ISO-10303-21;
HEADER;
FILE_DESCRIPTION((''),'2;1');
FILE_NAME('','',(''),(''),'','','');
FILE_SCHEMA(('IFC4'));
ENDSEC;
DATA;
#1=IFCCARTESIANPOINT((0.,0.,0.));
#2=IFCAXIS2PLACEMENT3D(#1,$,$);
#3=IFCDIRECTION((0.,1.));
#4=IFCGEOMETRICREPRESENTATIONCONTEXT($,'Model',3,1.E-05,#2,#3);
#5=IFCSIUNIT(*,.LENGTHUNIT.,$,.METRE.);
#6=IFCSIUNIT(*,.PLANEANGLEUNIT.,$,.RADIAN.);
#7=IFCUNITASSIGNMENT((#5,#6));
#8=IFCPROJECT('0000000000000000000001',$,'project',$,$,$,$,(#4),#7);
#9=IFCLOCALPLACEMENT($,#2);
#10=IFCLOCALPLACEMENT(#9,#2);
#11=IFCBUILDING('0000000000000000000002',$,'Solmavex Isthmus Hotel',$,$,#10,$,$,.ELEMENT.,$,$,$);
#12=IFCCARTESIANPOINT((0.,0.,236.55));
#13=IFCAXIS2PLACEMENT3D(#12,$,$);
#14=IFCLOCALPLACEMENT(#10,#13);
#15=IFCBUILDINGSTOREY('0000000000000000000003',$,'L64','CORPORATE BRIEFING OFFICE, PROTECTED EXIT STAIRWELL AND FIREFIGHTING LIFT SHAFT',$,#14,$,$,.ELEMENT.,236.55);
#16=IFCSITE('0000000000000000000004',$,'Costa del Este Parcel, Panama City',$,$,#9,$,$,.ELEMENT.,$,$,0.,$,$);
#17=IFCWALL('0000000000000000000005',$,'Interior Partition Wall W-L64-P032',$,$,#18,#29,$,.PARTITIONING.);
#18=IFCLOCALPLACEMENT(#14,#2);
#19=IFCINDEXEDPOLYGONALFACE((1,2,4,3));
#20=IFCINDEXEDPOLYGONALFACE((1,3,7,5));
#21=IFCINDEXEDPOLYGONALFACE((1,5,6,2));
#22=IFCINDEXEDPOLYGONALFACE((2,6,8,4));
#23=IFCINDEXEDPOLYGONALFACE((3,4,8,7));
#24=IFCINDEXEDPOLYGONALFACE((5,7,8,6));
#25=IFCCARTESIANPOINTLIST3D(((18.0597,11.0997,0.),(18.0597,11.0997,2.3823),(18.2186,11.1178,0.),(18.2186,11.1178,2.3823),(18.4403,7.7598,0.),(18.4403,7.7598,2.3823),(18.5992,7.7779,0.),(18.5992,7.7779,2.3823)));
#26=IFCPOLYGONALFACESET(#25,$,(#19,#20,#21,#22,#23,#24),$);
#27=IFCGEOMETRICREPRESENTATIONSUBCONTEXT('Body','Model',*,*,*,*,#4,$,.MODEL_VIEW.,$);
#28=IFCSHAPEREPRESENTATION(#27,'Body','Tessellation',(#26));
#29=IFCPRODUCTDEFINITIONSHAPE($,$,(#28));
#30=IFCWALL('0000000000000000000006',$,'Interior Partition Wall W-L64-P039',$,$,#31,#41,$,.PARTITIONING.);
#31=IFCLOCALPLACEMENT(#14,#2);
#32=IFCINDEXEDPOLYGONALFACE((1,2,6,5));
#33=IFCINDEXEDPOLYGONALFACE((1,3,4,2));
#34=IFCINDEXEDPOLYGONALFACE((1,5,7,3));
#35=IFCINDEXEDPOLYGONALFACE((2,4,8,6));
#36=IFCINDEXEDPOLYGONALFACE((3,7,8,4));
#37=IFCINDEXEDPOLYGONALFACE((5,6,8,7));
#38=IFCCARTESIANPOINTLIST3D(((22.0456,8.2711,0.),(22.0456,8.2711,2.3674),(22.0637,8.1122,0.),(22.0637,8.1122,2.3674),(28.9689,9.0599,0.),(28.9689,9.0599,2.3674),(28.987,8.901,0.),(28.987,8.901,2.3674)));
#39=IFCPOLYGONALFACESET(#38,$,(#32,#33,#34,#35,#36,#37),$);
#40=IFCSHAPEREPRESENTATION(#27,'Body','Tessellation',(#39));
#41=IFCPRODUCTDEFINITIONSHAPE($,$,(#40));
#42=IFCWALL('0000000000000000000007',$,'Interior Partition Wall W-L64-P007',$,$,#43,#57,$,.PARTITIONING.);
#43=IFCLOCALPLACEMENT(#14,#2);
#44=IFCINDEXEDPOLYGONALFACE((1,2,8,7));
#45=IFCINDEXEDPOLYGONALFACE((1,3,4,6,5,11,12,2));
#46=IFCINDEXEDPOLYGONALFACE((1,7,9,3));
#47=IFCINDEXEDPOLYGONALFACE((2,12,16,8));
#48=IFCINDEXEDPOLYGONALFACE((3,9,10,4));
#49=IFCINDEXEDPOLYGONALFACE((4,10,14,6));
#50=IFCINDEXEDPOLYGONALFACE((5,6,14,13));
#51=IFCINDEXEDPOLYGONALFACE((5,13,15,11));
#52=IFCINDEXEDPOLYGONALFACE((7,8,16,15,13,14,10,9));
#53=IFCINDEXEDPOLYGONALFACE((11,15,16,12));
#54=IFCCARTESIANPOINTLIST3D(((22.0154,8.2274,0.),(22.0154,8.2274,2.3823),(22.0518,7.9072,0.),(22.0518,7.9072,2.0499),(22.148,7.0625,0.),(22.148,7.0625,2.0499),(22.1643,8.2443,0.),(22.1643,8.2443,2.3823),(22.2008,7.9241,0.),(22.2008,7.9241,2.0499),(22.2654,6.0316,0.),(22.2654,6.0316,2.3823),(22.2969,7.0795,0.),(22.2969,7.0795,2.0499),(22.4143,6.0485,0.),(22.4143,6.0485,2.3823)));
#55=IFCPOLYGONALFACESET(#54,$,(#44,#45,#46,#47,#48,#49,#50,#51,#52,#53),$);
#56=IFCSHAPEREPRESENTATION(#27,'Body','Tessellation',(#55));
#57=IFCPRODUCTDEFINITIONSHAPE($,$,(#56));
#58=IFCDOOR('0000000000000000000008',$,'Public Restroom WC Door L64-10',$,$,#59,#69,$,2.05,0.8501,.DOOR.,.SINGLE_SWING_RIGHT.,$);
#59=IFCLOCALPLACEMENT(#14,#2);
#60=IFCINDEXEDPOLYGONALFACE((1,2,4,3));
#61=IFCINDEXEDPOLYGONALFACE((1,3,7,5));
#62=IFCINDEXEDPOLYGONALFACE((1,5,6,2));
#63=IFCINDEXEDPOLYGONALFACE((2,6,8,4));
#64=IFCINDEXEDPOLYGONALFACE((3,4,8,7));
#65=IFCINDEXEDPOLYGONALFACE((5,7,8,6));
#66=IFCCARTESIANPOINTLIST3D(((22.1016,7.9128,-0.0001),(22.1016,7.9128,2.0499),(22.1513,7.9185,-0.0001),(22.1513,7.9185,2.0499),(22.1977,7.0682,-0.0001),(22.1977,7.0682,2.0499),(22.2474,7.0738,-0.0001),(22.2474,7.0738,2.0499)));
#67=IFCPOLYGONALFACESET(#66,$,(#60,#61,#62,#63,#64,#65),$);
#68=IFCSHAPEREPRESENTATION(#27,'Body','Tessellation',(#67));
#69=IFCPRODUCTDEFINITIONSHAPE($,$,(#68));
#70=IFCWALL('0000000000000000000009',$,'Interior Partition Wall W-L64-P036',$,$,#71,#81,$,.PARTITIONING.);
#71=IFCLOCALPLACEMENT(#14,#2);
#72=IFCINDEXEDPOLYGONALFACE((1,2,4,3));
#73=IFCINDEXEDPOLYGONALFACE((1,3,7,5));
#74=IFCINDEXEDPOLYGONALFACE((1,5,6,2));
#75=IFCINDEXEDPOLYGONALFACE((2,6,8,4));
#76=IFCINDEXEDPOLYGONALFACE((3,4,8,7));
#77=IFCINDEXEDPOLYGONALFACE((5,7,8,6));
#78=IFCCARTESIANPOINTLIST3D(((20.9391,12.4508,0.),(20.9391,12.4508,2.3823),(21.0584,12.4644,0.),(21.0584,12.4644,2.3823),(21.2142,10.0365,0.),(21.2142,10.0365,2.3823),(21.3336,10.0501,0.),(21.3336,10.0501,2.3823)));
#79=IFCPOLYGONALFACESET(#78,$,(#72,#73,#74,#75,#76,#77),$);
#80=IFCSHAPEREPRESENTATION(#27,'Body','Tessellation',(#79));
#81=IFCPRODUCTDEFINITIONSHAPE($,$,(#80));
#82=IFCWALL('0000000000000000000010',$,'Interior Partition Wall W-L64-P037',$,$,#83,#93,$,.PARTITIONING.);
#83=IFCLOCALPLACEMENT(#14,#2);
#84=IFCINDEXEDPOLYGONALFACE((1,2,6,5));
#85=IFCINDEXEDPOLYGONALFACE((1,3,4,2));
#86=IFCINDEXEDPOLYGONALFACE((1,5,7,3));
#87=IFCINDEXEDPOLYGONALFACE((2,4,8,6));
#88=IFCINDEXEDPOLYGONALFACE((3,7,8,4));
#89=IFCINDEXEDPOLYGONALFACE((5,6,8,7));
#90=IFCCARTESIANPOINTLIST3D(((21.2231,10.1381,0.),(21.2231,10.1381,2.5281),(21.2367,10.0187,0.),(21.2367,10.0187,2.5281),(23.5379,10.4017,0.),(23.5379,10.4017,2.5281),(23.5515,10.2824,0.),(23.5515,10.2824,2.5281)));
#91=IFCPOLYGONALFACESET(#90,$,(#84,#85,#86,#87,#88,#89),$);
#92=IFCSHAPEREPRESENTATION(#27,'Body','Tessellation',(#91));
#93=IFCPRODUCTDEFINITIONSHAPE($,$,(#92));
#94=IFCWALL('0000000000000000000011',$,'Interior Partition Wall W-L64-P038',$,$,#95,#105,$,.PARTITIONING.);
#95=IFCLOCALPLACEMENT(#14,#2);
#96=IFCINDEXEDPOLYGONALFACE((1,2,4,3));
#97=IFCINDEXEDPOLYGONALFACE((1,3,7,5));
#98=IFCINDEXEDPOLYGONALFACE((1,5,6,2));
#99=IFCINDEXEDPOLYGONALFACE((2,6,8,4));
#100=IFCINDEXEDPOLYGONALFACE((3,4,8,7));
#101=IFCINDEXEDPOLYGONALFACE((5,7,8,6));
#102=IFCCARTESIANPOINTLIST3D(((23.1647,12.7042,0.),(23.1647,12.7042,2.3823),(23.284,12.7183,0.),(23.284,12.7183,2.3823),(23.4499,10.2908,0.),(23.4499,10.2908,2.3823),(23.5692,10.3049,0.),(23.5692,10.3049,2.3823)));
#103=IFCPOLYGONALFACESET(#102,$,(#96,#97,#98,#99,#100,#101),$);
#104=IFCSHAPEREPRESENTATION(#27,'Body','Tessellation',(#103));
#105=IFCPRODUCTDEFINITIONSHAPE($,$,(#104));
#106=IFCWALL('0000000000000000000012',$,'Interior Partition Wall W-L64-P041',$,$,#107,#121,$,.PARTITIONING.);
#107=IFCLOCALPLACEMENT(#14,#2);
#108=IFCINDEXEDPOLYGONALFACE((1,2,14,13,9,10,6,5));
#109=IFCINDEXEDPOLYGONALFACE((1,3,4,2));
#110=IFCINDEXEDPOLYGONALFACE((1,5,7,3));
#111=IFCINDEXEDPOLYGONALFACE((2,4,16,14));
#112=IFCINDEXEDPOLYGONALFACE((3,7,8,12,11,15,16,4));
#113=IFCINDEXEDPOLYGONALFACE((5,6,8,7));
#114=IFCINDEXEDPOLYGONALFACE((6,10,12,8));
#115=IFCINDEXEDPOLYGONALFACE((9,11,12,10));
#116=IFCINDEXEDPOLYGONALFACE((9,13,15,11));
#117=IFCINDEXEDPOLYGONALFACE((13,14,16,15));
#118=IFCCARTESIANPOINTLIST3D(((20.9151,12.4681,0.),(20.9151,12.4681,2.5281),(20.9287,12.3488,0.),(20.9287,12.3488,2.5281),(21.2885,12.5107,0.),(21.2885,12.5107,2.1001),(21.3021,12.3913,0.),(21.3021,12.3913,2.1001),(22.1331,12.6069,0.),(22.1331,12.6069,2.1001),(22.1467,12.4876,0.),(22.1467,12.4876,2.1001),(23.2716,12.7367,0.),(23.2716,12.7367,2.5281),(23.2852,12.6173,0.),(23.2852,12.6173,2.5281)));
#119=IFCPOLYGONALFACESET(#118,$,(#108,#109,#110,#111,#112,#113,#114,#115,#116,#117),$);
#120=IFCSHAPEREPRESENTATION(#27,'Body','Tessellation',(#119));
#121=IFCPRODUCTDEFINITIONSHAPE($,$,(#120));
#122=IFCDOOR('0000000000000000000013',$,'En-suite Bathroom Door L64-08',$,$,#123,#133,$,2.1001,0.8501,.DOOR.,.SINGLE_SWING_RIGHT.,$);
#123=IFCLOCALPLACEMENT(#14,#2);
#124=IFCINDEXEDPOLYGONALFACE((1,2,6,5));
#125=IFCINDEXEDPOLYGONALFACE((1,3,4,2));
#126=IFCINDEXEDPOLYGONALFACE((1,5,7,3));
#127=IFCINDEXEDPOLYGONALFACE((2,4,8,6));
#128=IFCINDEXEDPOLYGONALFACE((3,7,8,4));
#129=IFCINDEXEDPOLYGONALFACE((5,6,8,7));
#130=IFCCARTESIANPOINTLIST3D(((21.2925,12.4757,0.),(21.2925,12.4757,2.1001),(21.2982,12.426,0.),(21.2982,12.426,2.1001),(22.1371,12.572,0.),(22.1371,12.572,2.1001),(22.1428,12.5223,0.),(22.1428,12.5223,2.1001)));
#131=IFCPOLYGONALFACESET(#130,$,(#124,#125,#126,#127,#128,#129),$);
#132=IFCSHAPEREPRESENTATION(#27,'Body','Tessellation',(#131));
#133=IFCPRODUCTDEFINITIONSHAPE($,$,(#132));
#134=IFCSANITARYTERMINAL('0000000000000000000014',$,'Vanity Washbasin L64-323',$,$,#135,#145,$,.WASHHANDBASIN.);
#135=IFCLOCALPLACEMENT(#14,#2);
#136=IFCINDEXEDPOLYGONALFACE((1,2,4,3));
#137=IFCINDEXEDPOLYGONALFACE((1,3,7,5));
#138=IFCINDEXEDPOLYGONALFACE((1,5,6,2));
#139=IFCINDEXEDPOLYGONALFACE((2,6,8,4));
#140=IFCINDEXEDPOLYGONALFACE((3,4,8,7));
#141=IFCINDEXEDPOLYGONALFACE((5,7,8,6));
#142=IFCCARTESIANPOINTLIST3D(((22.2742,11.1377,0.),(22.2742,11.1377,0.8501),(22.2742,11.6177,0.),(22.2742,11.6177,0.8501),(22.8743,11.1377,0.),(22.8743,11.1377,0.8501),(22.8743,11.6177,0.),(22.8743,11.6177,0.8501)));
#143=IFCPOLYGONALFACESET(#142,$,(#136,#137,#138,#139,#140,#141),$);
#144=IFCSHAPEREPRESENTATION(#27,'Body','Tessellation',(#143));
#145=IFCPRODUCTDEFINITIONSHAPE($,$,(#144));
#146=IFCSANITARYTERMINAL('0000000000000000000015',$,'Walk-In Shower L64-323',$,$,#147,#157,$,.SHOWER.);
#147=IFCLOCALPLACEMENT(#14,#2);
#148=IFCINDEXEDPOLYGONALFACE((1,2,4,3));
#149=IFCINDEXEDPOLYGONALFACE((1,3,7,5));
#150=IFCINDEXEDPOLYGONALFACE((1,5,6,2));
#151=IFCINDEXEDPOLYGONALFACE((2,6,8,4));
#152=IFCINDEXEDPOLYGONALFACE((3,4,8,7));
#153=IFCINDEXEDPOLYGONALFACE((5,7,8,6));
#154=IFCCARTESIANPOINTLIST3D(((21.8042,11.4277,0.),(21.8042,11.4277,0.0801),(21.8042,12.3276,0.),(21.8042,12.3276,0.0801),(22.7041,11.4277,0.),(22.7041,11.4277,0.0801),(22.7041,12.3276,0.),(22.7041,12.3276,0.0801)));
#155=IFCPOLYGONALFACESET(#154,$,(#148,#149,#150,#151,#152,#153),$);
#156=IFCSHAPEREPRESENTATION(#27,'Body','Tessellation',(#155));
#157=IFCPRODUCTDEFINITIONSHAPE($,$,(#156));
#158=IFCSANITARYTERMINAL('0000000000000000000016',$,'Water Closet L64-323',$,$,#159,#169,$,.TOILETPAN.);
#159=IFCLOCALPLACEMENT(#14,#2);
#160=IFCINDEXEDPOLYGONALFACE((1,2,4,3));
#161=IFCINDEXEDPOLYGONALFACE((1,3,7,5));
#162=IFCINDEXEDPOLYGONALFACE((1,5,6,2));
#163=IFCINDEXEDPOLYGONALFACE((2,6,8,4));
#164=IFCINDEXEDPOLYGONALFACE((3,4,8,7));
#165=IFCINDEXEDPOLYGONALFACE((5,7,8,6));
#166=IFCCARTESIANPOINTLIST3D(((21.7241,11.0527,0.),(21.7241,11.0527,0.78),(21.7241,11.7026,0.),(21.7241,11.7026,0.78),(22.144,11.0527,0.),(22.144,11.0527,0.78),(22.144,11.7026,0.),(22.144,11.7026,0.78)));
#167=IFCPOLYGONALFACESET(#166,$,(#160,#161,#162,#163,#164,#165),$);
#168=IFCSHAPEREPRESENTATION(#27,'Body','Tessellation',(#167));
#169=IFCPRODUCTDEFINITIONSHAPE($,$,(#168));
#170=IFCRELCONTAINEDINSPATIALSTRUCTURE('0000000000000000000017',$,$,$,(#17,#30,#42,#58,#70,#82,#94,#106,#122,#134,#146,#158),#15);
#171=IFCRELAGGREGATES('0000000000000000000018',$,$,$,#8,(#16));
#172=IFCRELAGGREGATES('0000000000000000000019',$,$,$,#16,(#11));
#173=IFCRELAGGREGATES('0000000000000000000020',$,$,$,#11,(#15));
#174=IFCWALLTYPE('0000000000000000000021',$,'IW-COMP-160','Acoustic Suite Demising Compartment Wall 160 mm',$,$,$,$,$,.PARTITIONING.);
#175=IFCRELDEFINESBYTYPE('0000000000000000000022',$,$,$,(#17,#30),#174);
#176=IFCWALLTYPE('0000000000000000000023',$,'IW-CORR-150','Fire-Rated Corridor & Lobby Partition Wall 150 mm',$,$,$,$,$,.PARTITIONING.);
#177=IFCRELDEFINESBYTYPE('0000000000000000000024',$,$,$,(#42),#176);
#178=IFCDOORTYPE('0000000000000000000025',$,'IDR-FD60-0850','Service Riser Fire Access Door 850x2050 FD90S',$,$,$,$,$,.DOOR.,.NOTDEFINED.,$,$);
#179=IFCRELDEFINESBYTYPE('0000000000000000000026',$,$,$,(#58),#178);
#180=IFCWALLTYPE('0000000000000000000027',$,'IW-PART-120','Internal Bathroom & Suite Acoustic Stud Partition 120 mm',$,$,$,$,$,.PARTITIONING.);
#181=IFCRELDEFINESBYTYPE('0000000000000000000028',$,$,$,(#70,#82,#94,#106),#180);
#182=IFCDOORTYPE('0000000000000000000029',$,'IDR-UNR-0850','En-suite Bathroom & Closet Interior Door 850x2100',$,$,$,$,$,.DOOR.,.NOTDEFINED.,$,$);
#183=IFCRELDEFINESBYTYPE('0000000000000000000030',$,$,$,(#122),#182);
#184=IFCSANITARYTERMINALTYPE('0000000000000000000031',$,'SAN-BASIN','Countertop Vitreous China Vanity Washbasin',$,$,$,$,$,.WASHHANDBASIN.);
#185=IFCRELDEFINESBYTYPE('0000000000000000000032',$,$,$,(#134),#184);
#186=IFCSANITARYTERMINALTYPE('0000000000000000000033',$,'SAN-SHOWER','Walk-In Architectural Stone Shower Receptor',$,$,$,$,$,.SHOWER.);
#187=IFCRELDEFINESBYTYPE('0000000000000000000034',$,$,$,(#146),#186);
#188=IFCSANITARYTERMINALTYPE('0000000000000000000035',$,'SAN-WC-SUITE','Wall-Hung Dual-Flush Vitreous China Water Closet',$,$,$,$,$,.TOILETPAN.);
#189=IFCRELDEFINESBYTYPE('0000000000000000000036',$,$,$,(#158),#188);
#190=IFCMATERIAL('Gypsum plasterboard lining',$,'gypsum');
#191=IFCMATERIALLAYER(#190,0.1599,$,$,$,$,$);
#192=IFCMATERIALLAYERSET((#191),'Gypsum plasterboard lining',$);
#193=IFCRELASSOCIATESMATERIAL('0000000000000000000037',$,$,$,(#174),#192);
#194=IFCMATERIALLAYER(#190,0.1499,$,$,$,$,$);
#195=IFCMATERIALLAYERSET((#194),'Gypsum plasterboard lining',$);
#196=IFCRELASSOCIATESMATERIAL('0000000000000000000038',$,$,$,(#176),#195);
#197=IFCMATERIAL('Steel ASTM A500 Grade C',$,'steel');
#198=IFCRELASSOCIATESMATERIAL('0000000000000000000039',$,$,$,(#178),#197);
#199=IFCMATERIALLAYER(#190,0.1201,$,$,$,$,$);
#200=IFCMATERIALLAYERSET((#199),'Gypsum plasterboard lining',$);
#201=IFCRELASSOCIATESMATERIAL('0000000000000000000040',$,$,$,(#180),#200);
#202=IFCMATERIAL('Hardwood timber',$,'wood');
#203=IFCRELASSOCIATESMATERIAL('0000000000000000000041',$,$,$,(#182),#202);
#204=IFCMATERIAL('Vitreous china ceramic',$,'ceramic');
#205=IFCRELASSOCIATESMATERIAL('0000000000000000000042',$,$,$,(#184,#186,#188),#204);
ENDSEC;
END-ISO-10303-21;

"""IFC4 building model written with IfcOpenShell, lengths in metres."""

from ifc_helpers import new_model, si_unit, direction, frame, frame_2d, origin, origin_2d, place, context, subcontext, project, spatial, rectangle, extrude, material, layer, layer_set, type_object, element, fill, save


model = new_model("IFC4")

# Units and contexts
model_context = context("Model", 3, precision=1e-05, world=origin(), true_north=direction((0.0, 1.0)))
body_context = subcontext(model_context, "Body", "Model", "MODEL_VIEW")
ifc_project = project(units=[si_unit("LENGTHUNIT", "METRE"), si_unit("PLANEANGLEUNIT", "RADIAN")], contexts=[model_context])

# Site, building, storey
site_placement = place(None, origin())
site = spatial("IfcSite", under=ifc_project, at=site_placement, Name="Costa del Este Parcel, Panama City", CompositionType="ELEMENT", RefElevation=0.0)
building_placement = place(site_placement, origin())
building = spatial("IfcBuilding", under=site, at=building_placement, Name="Solmavex Isthmus Hotel", CompositionType="ELEMENT")
storey_placement = place(building_placement, frame((0.0, 0.0, 236.55)))
storey = spatial("IfcBuildingStorey", under=building, at=storey_placement, Name="L64", Description="CORPORATE BRIEFING OFFICE, PROTECTED EXIT STAIRWELL AND FIREFIGHTING LIFT SHAFT", CompositionType="ELEMENT", Elevation=236.55)

# Wall
ifc_material_1 = material(Name="Gypsum plasterboard lining", Category="gypsum")
ifc_layer_1 = layer(ifc_material_1, 0.1599)
ifc_layer_set_1 = layer_set([ifc_layer_1], Name="Gypsum plasterboard lining")
wall_type_1 = type_object("IfcWallType", Name="IW-COMP-160", Description="Acoustic Suite Demising Compartment Wall 160 mm", PredefinedType="PARTITIONING", material=ifc_layer_set_1)
wall_1_placement = place(storey_placement, frame((18.1392, 11.1086, 0.0), z_axis=(0.0, 0.0, 1.0), x_axis=(0.113229, -0.993569, 0.0)))
element("IfcWall", 1, at=wall_1_placement, inside=storey, type_object=wall_type_1, Name="Interior Partition Wall W-L64-P032", PredefinedType="PARTITIONING", context=body_context, shape_type="SweptSolid", body=[
    extrude(rectangle(XDim=3.3616, YDim=0.1599, at=frame_2d((1.6807, 0.0))), origin(), (0.0, 0.0, 1.0), 2.3823),
])

# Shared definitions
ifc_material_2 = material(Name="Hardwood timber", Category="wood")

# Wall
wall_2_placement = place(storey_placement, frame((28.9778, 8.9805, 0.0), z_axis=(0.0, 0.0, 1.0), x_axis=(-0.993572, -0.113204, 0.0)))
element("IfcWall", 2, at=wall_2_placement, inside=storey, type_object=wall_type_1, Name="Interior Partition Wall W-L64-P039", PredefinedType="PARTITIONING", context=body_context, shape_type="SweptSolid", body=[
    extrude(rectangle(XDim=6.968, YDim=0.1599, at=frame_2d((3.4839, 0.0))), origin(), (0.0, 0.0, 1.0), 2.3674),
])

# Wall, opening, door
ifc_layer_2 = layer(ifc_material_1, 0.1499)
ifc_layer_set_2 = layer_set([ifc_layer_2], Name="Gypsum plasterboard lining")
wall_type_2 = type_object("IfcWallType", Name="IW-CORR-150", Description="Fire-Rated Corridor & Lobby Partition Wall 150 mm", PredefinedType="PARTITIONING", material=ifc_layer_set_2)
wall_3_placement = place(storey_placement, frame((22.0898, 8.2358, 0.0), z_axis=(0.0, 0.0, 1.0), x_axis=(0.113123, -0.993581, 0.0)))
wall_3 = element("IfcWall", 3, at=wall_3_placement, inside=storey, type_object=wall_type_2, Name="Interior Partition Wall W-L64-P007", PredefinedType="PARTITIONING", context=body_context, shape_type="SweptSolid", body=[
    extrude(rectangle(XDim=2.21, YDim=0.1499, at=frame_2d((1.105, 0.0))), origin(), (0.0, 0.0, 1.0), 2.3823),
])
opening_1_placement = place(wall_3_placement, frame((0.3223, 0.0, 0.0)))
opening_1 = element("IfcOpeningElement", 4, at=opening_1_placement, cuts=wall_3, PredefinedType="OPENING", context=body_context, shape_type="SweptSolid", body=[
    extrude(rectangle(XDim=0.8501, YDim=2.05, at=frame_2d((0.425, 1.0249))), frame((0.0, 0.085, 0.0), z_axis=(0.0, -1.0, 0.0), x_axis=(1.0, 0.0, 0.0)), (0.0, 0.0, 1.0), 0.1699),
])
ifc_material_3 = material(Name="Steel ASTM A500 Grade C", Category="steel")
door_type_1 = type_object("IfcDoorType", Name="IDR-FD60-0850", Description="Service Riser Fire Access Door 850x2050 FD90S", OperationType="NOTDEFINED", PredefinedType="DOOR", material=ifc_material_3)
door_1_placement = place(opening_1_placement, frame((0.8501, 0.0, 0.0), z_axis=(0.0, 0.0, 1.0), x_axis=(-1.0, 0.0, 0.0)))
door_1 = element("IfcDoor", 5, at=door_1_placement, inside=storey, type_object=door_type_1, Name="Public Restroom WC Door L64-10", OperationType="SINGLE_SWING_RIGHT", OverallHeight=2.05, OverallWidth=0.8501, PredefinedType="DOOR", context=body_context, shape_type="SweptSolid", body=[
    extrude(rectangle(XDim=0.8501, YDim=2.05, at=frame_2d((0.425, 1.0249))), frame((0.0, 0.0249, 0.0), z_axis=(0.0, -1.0, 0.0), x_axis=(1.0, 0.0, 0.0)), (0.0, 0.0, 1.0), 0.05),
])
fill(opening_1, door_1)

# Walls
ifc_layer_3 = layer(ifc_material_1, 0.1201)
ifc_layer_set_3 = layer_set([ifc_layer_3], Name="Gypsum plasterboard lining")
wall_type_3 = type_object("IfcWallType", Name="IW-PART-120", Description="Internal Bathroom & Suite Acoustic Stud Partition 120 mm", PredefinedType="PARTITIONING", material=ifc_layer_set_3)
wall_4_placement = place(storey_placement, frame((20.9988, 12.4575, 0.0), z_axis=(0.0, 0.0, 1.0), x_axis=(0.113232, -0.993569, 0.0)))
element("IfcWall", 6, at=wall_4_placement, inside=storey, type_object=wall_type_3, Name="Interior Partition Wall W-L64-P036", PredefinedType="PARTITIONING", context=body_context, shape_type="SweptSolid", body=[
    extrude(rectangle(XDim=2.4299, YDim=0.1201, at=frame_2d((1.2148, 0.0))), origin(), (0.0, 0.0, 1.0), 2.3823),
])
wall_5_placement = place(storey_placement, frame((21.2297, 10.0784, 0.0), z_axis=(0.0, 0.0, 1.0), x_axis=(0.993576, 0.113168, 0.0)))
element("IfcWall", 7, at=wall_5_placement, inside=storey, type_object=wall_type_3, Name="Interior Partition Wall W-L64-P037", PredefinedType="PARTITIONING", context=body_context, shape_type="SweptSolid", body=[
    extrude(rectangle(XDim=2.3298, YDim=0.1201, at=frame_2d((1.165, 0.0))), origin(), (0.0, 0.0, 1.0), 2.5281),
])
wall_6_placement = place(storey_placement, frame((23.5095, 10.2979, 0.0), z_axis=(0.0, 0.0, 1.0), x_axis=(-0.117343, 0.993092, 0.0)))
element("IfcWall", 8, at=wall_6_placement, inside=storey, type_object=wall_type_3, Name="Interior Partition Wall W-L64-P038", PredefinedType="PARTITIONING", context=body_context, shape_type="SweptSolid", body=[
    extrude(rectangle(XDim=2.4302, YDim=0.1201, at=frame_2d((1.2151, 0.0))), origin(), (0.0, 0.0, 1.0), 2.3823),
])

# Wall, opening, door
wall_7_placement = place(storey_placement, frame((23.2786, 12.677, 0.0), z_axis=(0.0, 0.0, 1.0), x_axis=(-0.99357, -0.113221, 0.0)))
wall_7 = element("IfcWall", 9, at=wall_7_placement, inside=storey, type_object=wall_type_3, Name="Interior Partition Wall W-L64-P041", PredefinedType="PARTITIONING", context=body_context, shape_type="SweptSolid", body=[
    extrude(rectangle(XDim=2.3718, YDim=0.1201, at=frame_2d((1.186, 0.0))), origin(), (0.0, 0.0, 1.0), 2.5281),
])
opening_2_placement = place(wall_7_placement, frame((1.146, 0.0, 0.0)))
opening_2 = element("IfcOpeningElement", 10, at=opening_2_placement, cuts=wall_7, PredefinedType="OPENING", context=body_context, shape_type="SweptSolid", body=[
    extrude(rectangle(XDim=0.8501, YDim=2.1001, at=frame_2d((0.425, 1.05))), frame((0.0, 0.0701, 0.0), z_axis=(0.0, -1.0, 0.0), x_axis=(1.0, 0.0, 0.0)), (0.0, 0.0, 1.0), 0.1401),
])
door_type_2 = type_object("IfcDoorType", Name="IDR-UNR-0850", Description="En-suite Bathroom & Closet Interior Door 850x2100", OperationType="NOTDEFINED", PredefinedType="DOOR", material=ifc_material_2)
door_2_placement = place(opening_2_placement, frame((0.8501, 0.0, 0.0), z_axis=(0.0, 0.0, 1.0), x_axis=(-1.0, 0.0, 0.0)))
door_2 = element("IfcDoor", 11, at=door_2_placement, inside=storey, type_object=door_type_2, Name="En-suite Bathroom Door L64-08", OperationType="SINGLE_SWING_RIGHT", OverallHeight=2.1001, OverallWidth=0.8501, PredefinedType="DOOR", context=body_context, shape_type="SweptSolid", body=[
    extrude(rectangle(XDim=0.8501, YDim=2.1001, at=frame_2d((0.425, 1.05))), frame((0.0, 0.0249, 0.0), z_axis=(0.0, -1.0, 0.0), x_axis=(1.0, 0.0, 0.0)), (0.0, 0.0, 1.0), 0.05),
])
fill(opening_2, door_2)

# Sanitary terminals
ifc_material_4 = material(Name="Vitreous china ceramic", Category="ceramic")
sanitary_terminal_type_1 = type_object("IfcSanitaryTerminalType", Name="SAN-BASIN", Description="Countertop Vitreous China Vanity Washbasin", PredefinedType="WASHHANDBASIN", material=ifc_material_4)
sanitary_terminal_1_placement = place(storey_placement, frame((22.5742, 11.3777, 0.0), z_axis=(0.0, 0.0, 1.0), x_axis=(1.0, 0.0, 0.0)))
element("IfcSanitaryTerminal", 12, at=sanitary_terminal_1_placement, inside=storey, type_object=sanitary_terminal_type_1, Name="Vanity Washbasin L64-323", PredefinedType="WASHHANDBASIN", context=body_context, shape_type="SweptSolid", body=[
    extrude(rectangle(XDim=0.6001, YDim=0.48, at=origin_2d()), origin(), (0.0, 0.0, 1.0), 0.8501),
])
sanitary_terminal_type_2 = type_object("IfcSanitaryTerminalType", Name="SAN-SHOWER", Description="Walk-In Architectural Stone Shower Receptor", PredefinedType="SHOWER", material=ifc_material_4)
sanitary_terminal_2_placement = place(storey_placement, frame((22.2542, 11.8777, 0.0), z_axis=(0.0, 0.0, 1.0), x_axis=(1.0, 0.0, 0.0)))
element("IfcSanitaryTerminal", 13, at=sanitary_terminal_2_placement, inside=storey, type_object=sanitary_terminal_type_2, Name="Walk-In Shower L64-323", PredefinedType="SHOWER", context=body_context, shape_type="SweptSolid", body=[
    extrude(rectangle(XDim=0.8999, YDim=0.8999, at=origin_2d()), origin(), (0.0, 0.0, 1.0), 0.0801),
])
sanitary_terminal_type_3 = type_object("IfcSanitaryTerminalType", Name="SAN-WC-SUITE", Description="Wall-Hung Dual-Flush Vitreous China Water Closet", PredefinedType="TOILETPAN", material=ifc_material_4)
sanitary_terminal_3_placement = place(storey_placement, frame((21.9341, 11.3777, 0.0), z_axis=(0.0, 0.0, 1.0), x_axis=(1.0, 0.0, 0.0)))
element("IfcSanitaryTerminal", 14, at=sanitary_terminal_3_placement, inside=storey, type_object=sanitary_terminal_type_3, Name="Water Closet L64-323", PredefinedType="TOILETPAN", context=body_context, shape_type="SweptSolid", body=[
    extrude(rectangle(XDim=0.4199, YDim=0.6499, at=origin_2d()), origin(), (0.0, 0.0, 1.0), 0.78),
])

save(model, "model.ifc")
